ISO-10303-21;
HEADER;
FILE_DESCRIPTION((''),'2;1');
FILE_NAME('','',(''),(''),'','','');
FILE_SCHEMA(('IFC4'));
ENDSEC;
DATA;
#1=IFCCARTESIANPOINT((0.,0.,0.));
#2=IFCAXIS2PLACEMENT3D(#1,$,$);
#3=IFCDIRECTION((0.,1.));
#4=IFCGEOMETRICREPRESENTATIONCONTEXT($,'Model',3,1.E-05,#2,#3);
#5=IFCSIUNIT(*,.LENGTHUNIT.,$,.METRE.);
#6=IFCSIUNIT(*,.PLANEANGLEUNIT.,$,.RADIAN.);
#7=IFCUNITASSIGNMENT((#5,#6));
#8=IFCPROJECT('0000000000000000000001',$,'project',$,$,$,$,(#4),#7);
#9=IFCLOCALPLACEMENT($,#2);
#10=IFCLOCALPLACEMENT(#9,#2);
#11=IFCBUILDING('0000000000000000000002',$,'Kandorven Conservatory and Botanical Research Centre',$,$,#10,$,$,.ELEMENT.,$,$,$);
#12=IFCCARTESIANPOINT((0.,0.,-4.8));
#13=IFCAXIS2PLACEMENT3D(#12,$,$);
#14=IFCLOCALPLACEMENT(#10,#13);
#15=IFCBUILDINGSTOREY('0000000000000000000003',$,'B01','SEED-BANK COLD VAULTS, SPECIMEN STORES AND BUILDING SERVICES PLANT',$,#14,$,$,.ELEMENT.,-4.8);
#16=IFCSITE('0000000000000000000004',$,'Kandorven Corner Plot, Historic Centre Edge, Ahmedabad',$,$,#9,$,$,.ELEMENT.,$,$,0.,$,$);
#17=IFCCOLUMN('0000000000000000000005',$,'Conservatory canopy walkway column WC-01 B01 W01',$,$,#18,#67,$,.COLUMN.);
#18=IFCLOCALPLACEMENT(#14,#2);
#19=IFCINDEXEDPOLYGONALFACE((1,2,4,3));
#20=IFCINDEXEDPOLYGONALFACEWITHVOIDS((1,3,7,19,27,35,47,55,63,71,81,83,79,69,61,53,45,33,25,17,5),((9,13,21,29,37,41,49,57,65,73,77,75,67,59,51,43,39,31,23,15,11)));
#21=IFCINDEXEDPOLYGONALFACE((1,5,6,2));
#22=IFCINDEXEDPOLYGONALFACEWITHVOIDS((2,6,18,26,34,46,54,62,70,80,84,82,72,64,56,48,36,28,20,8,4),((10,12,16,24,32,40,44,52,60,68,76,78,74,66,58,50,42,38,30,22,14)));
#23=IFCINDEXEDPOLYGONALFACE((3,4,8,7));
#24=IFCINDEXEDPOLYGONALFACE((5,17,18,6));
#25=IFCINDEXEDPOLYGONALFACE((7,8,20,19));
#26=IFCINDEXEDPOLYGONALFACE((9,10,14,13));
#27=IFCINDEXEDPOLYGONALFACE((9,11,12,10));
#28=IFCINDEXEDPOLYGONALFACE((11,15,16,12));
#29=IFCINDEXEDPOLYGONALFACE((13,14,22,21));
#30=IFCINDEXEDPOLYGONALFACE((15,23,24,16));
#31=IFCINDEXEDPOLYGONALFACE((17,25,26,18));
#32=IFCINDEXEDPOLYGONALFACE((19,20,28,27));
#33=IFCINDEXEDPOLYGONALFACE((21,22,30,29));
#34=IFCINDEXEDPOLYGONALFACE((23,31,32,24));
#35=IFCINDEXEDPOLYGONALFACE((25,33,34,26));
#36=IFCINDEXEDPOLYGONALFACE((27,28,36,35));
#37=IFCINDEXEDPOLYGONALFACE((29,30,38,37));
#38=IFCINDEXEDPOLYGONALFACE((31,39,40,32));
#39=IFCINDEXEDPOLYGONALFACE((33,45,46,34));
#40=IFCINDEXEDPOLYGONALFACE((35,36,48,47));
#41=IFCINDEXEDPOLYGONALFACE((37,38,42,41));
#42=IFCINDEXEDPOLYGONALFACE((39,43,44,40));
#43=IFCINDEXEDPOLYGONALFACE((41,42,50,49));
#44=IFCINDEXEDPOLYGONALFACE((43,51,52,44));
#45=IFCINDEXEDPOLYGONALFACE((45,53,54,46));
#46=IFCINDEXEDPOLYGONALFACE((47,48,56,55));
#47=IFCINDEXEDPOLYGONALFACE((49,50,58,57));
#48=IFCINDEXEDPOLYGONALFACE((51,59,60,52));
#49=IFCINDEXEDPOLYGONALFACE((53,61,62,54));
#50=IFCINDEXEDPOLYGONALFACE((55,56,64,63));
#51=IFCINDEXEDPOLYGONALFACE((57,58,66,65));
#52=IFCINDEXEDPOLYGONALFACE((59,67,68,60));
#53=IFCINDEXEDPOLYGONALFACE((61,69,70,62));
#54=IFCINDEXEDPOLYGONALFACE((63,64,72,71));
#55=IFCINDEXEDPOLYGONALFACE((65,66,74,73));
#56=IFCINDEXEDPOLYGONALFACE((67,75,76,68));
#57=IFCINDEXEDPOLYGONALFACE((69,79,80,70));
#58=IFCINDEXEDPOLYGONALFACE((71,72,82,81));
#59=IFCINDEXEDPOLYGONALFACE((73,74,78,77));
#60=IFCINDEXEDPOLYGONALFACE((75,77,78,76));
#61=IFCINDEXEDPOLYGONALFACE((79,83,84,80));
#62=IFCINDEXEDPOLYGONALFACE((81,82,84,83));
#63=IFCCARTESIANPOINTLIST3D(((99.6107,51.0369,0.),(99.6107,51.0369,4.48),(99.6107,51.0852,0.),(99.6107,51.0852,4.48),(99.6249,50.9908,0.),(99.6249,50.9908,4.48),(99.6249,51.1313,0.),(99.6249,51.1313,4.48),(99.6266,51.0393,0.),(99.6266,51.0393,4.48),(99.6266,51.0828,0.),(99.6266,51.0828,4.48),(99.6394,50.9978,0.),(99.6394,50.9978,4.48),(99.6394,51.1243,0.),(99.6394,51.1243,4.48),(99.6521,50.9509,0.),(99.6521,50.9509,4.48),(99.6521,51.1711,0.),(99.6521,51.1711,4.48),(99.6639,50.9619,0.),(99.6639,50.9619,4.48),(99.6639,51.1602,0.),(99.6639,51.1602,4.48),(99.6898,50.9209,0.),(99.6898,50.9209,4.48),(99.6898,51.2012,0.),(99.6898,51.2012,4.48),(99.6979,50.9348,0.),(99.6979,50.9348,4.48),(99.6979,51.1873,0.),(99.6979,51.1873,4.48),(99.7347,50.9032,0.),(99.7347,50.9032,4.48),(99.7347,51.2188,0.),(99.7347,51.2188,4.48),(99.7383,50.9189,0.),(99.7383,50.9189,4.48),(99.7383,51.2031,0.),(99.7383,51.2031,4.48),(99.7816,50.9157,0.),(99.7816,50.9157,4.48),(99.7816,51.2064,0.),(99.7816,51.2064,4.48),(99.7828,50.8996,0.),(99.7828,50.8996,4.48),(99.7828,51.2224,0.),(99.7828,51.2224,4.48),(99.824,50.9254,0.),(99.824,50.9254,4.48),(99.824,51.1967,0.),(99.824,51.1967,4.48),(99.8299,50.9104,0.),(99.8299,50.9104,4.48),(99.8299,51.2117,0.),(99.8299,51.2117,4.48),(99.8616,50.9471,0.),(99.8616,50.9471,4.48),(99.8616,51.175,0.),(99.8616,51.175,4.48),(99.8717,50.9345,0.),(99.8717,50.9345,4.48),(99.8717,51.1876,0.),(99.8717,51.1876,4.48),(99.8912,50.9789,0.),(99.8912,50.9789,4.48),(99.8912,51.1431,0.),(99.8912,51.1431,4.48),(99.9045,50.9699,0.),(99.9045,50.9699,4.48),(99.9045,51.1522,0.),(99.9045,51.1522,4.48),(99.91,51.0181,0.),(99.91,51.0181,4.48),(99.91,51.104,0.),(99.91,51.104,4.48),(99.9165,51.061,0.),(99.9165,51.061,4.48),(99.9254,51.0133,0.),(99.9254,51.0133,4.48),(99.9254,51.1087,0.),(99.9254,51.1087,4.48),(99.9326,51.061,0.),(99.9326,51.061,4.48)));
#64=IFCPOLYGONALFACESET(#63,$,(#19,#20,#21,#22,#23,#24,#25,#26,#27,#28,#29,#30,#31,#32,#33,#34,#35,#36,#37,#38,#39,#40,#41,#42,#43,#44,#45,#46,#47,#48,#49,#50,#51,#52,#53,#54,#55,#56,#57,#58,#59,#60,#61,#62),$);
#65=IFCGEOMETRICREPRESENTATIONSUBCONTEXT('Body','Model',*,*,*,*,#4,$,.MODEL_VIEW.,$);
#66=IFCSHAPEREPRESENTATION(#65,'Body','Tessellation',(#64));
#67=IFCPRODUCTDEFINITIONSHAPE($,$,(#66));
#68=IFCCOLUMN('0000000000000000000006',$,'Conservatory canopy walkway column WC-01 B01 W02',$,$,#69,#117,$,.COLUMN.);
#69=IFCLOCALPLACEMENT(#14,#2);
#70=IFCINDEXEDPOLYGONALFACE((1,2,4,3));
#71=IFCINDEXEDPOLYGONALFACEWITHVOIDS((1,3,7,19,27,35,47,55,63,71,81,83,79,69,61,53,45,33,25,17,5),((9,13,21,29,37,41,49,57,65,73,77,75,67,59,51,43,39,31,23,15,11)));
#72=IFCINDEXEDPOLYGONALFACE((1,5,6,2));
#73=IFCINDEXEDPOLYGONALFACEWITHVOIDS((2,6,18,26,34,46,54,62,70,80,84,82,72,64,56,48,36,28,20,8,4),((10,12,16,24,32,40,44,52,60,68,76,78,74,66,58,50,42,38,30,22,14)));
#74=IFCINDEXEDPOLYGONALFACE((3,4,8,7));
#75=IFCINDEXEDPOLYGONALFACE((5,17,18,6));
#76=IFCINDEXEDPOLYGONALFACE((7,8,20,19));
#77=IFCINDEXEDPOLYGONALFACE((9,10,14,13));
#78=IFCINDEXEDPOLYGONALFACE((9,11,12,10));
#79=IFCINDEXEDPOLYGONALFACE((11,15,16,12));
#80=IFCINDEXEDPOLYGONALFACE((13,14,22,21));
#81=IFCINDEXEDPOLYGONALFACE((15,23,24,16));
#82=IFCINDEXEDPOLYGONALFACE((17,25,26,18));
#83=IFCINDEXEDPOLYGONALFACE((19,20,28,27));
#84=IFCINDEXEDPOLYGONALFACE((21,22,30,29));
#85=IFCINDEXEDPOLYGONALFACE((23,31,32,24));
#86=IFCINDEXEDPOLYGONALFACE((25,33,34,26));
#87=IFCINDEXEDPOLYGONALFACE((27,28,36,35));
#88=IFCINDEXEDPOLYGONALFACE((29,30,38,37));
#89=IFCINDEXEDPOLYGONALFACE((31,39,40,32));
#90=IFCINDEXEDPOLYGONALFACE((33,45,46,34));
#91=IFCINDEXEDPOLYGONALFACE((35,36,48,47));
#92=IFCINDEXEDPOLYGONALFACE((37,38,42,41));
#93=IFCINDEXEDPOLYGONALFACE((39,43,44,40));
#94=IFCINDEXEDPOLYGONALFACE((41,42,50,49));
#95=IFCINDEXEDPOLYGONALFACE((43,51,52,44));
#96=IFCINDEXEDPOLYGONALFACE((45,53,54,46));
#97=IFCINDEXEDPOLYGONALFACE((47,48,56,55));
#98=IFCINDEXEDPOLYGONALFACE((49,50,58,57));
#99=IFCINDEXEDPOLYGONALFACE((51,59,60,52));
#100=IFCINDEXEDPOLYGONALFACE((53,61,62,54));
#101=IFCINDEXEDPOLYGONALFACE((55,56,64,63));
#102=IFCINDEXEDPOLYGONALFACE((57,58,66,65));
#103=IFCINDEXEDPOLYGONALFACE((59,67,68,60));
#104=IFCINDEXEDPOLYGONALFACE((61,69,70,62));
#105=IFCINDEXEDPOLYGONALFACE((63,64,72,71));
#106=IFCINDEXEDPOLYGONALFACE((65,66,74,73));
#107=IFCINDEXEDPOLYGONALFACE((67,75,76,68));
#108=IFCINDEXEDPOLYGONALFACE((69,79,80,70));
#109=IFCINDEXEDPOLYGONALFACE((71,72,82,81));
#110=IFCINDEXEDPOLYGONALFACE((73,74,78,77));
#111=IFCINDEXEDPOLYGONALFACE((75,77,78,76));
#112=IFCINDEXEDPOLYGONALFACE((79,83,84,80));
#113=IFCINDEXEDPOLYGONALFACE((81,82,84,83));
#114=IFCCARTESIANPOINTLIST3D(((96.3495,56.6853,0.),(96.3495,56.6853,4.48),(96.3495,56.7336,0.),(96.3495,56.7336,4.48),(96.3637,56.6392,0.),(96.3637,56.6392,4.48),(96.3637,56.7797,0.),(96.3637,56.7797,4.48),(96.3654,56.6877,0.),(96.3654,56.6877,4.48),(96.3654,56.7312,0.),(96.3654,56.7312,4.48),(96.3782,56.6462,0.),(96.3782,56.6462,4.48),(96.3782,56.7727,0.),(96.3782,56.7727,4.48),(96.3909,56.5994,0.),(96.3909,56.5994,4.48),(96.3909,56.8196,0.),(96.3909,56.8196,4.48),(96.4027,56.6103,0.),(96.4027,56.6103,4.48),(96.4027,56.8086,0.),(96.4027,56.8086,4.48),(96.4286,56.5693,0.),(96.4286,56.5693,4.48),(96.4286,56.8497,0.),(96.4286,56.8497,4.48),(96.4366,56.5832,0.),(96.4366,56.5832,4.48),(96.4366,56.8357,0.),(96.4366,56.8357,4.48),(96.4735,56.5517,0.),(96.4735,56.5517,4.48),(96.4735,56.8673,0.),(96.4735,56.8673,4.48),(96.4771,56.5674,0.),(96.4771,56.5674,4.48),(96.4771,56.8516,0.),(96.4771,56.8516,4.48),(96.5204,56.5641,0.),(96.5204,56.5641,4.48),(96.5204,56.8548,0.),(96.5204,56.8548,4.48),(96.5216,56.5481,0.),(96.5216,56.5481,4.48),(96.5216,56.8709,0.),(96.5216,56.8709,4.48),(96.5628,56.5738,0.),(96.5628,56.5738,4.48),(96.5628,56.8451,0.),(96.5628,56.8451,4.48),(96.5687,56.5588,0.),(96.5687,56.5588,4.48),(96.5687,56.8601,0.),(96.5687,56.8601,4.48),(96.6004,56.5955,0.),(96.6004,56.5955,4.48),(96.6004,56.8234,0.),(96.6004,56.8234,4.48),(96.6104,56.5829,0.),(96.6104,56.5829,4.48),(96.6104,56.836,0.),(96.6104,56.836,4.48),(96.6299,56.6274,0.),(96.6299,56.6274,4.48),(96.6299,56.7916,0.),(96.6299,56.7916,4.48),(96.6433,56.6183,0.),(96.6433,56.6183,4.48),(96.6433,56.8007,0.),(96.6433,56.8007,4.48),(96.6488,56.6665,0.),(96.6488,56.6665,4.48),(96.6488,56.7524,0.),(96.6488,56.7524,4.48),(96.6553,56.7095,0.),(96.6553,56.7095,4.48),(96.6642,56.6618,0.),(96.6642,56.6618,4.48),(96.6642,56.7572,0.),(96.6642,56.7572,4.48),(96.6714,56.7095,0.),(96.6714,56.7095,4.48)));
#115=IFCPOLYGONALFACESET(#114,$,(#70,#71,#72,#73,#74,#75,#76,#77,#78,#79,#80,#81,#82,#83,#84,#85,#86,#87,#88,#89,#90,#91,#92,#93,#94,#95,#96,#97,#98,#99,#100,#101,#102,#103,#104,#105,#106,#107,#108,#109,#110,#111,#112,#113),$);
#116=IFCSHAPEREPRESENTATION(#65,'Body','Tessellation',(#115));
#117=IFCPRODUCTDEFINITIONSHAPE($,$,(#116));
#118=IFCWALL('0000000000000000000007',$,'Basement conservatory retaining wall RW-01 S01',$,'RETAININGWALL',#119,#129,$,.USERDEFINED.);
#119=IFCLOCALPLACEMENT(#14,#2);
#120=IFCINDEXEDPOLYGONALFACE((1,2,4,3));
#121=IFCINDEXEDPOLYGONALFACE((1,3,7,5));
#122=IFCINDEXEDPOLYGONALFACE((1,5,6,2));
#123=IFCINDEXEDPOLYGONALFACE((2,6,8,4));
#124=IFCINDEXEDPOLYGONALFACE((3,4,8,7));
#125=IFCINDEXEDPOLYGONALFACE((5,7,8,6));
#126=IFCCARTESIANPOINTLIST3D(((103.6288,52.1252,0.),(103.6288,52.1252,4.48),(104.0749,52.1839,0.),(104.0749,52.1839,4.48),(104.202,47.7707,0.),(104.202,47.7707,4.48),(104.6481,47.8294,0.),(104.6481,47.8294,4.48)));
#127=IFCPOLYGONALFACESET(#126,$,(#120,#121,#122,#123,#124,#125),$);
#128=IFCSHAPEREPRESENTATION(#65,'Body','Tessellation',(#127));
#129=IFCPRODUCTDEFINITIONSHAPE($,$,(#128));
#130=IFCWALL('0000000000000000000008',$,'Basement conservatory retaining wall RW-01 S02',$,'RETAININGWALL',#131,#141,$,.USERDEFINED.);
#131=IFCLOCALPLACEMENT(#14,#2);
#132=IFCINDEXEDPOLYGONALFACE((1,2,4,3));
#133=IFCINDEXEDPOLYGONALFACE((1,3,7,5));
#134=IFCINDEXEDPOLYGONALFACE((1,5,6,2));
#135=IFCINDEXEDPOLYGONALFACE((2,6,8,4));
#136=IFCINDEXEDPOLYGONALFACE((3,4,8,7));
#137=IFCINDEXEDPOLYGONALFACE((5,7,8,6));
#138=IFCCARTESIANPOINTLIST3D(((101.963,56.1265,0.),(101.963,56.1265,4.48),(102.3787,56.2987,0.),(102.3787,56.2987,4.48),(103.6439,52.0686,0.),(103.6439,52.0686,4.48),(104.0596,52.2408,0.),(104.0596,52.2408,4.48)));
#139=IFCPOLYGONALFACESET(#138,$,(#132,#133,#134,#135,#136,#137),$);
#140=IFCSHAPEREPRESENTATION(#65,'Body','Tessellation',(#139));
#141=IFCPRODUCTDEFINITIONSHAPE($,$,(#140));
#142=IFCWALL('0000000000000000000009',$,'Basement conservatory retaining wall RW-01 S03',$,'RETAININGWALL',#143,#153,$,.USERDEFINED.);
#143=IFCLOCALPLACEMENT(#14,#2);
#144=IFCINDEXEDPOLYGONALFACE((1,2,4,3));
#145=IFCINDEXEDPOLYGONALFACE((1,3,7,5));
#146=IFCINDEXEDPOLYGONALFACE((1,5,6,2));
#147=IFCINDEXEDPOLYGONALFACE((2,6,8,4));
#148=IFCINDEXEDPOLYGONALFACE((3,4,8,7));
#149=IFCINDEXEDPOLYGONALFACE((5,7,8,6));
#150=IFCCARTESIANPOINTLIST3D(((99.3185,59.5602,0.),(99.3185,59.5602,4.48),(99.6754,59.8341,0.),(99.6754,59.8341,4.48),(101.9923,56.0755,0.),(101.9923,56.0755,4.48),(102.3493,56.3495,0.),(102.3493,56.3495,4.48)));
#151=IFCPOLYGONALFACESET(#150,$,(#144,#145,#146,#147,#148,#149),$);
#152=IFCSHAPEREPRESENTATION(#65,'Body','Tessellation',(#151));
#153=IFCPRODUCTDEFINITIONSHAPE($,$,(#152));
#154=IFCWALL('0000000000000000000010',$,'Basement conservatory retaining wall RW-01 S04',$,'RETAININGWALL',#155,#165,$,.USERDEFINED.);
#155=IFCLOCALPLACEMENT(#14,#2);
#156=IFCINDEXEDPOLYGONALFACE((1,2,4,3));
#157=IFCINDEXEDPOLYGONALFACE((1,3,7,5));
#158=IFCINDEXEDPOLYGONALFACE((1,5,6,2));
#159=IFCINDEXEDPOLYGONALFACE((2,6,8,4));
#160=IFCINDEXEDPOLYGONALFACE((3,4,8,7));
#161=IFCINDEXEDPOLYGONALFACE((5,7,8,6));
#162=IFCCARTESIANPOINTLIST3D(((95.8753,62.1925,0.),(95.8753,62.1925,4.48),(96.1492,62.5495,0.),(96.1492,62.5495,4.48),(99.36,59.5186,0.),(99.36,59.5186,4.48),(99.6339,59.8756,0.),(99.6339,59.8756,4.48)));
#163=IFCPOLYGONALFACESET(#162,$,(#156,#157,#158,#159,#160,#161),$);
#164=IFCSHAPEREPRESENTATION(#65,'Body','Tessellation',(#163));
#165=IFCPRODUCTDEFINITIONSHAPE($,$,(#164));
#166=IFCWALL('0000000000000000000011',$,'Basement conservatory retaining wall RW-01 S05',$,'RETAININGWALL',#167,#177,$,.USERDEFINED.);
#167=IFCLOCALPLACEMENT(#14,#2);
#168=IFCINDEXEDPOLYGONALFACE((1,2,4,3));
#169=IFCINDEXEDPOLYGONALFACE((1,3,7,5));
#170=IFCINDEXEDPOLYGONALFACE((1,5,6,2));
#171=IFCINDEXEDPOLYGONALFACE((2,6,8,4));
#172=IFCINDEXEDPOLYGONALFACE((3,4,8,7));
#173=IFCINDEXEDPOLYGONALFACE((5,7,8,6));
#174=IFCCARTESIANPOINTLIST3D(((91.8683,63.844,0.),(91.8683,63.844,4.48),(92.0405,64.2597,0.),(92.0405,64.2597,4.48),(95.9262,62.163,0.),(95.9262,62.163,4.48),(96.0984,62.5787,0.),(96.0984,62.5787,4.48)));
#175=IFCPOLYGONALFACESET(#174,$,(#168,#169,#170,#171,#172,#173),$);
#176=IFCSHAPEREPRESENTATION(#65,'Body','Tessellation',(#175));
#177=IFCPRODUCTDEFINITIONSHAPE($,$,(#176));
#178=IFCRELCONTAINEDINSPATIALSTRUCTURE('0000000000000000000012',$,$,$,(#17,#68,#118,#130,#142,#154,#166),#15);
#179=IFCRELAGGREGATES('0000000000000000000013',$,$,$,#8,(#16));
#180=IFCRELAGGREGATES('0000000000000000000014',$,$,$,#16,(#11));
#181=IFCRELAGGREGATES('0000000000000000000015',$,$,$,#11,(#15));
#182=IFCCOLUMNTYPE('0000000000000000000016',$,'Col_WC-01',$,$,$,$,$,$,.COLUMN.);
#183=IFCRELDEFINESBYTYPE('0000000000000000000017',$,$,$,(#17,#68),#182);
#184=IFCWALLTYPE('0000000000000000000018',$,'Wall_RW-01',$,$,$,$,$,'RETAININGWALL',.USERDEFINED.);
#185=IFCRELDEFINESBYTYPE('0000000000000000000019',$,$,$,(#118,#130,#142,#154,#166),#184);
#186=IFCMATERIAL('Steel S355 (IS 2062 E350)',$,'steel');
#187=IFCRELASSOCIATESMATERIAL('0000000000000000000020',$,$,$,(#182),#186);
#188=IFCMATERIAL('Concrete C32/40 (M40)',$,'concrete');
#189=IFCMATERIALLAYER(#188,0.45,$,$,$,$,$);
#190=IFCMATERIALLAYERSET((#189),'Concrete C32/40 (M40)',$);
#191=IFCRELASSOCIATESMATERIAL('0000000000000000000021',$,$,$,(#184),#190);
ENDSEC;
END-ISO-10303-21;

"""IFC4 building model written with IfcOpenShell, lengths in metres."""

from ifc_helpers import new_model, si_unit, direction, frame, frame_2d, origin, origin_2d, place, context, subcontext, project, spatial, rectangle, hollow_circle, extrude, material, layer, layer_set, material_profile, profile_set, type_object, element, save


model = new_model("IFC4")

# Units and contexts
model_context = context("Model", 3, precision=1e-05, world=origin(), true_north=direction((0.0, 1.0)))
body_context = subcontext(model_context, "Body", "Model", "MODEL_VIEW")
ifc_project = project(units=[si_unit("LENGTHUNIT", "METRE"), si_unit("PLANEANGLEUNIT", "RADIAN")], contexts=[model_context])

# Site, building, storey
site_placement = place(None, origin())
site = spatial("IfcSite", under=ifc_project, at=site_placement, Name="Kandorven Corner Plot, Historic Centre Edge, Ahmedabad", CompositionType="ELEMENT", RefElevation=0.0)
building_placement = place(site_placement, origin())
building = spatial("IfcBuilding", under=site, at=building_placement, Name="Kandorven Conservatory and Botanical Research Centre", CompositionType="ELEMENT")
storey_placement = place(building_placement, frame((0.0, 0.0, -4.8)))
storey = spatial("IfcBuildingStorey", under=building, at=storey_placement, Name="B01", Description="SEED-BANK COLD VAULTS, SPECIMEN STORES AND BUILDING SERVICES PLANT", CompositionType="ELEMENT", Elevation=-4.8)

# Columns
ifc_material_1 = material(Name="Steel S355 (IS 2062 E350)", Category="steel")
ifc_material_profile_1 = material_profile(ifc_material_1, hollow_circle(Radius=0.1619, WallThickness=0.0161, at=origin_2d()))
ifc_profile_set_1 = profile_set([ifc_material_profile_1], Name="Steel S355 (IS 2062 E350)")
column_type_1 = type_object("IfcColumnType", Name="Col_WC-01", PredefinedType="COLUMN", material=ifc_profile_set_1)
for number, where, z_axis, x_axis, name in (
    (1, (99.7708, 51.061, 0.0), (0.0, 0.0, 1.0), (1.0, 0.0, 0.0), "Conservatory canopy walkway column WC-01 B01 W01"),
    (2, (96.5095, 56.7095, 0.0), (0.0, 0.0, 1.0), (1.0, 0.0, 0.0), "Conservatory canopy walkway column WC-01 B01 W02"),
):
    element("IfcColumn", number, at=place(storey_placement, frame(where, z_axis=z_axis, x_axis=x_axis)), inside=storey, type_object=column_type_1, Name=name, PredefinedType="COLUMN", context=body_context, shape_type="SweptSolid", body=[
        extrude(hollow_circle(Radius=0.1619, WallThickness=0.0161, at=origin_2d()), origin(), (0.0, 0.0, 1.0), 4.48),
    ])

# Walls
ifc_material_2 = material(Name="Concrete C32/40 (M40)", Category="concrete")
ifc_layer = layer(ifc_material_2, 0.45)
ifc_layer_set = layer_set([ifc_layer], Name="Concrete C32/40 (M40)")
wall_type = type_object("IfcWallType", Name="Wall_RW-01", ElementType="RETAININGWALL", PredefinedType="USERDEFINED", material=ifc_layer_set)
wall_placement = place(storey_placement, frame((104.425, 47.8, 0.0), z_axis=(0.0, 0.0, 1.0), x_axis=(-0.130518, 0.991446, 0.0)))
element("IfcWall", 3, at=wall_placement, inside=storey, type_object=wall_type, Name="Basement conservatory retaining wall RW-01 S01", ObjectType="RETAININGWALL", PredefinedType="USERDEFINED", context=body_context, shape_type="SweptSolid", body=[
    extrude(rectangle(XDim=4.3921, YDim=0.45, at=frame_2d((2.196, 0.0))), origin(), (0.0, 0.0, 1.0), 4.48),
])
for number, where, z_axis, x_axis, name in (
    (4, (103.8518, 52.1545, 0.0), (0.0, 0.0, 1.0), (-0.3827, 0.923873, 0.0), "Basement conservatory retaining wall RW-01 S02"),
    (5, (102.1709, 56.2124, 0.0), (0.0, 0.0, 1.0), (-0.608759, 0.793355, 0.0), "Basement conservatory retaining wall RW-01 S03"),
    (6, (99.4971, 59.697, 0.0), (0.0, 0.0, 1.0), (-0.793355, 0.608759, 0.0), "Basement conservatory retaining wall RW-01 S04"),
    (7, (96.0125, 62.3708, 0.0), (0.0, 0.0, 1.0), (-0.923873, 0.3827, 0.0), "Basement conservatory retaining wall RW-01 S05"),
):
    element("IfcWall", number, at=place(storey_placement, frame(where, z_axis=z_axis, x_axis=x_axis)), inside=storey, type_object=wall_type, Name=name, ObjectType="RETAININGWALL", PredefinedType="USERDEFINED", context=body_context, shape_type="SweptSolid", body=[
        extrude(rectangle(XDim=4.3923, YDim=0.45, at=frame_2d((2.1963, 0.0))), origin(), (0.0, 0.0, 1.0), 4.48),
    ])

save(model, "model.ifc")
